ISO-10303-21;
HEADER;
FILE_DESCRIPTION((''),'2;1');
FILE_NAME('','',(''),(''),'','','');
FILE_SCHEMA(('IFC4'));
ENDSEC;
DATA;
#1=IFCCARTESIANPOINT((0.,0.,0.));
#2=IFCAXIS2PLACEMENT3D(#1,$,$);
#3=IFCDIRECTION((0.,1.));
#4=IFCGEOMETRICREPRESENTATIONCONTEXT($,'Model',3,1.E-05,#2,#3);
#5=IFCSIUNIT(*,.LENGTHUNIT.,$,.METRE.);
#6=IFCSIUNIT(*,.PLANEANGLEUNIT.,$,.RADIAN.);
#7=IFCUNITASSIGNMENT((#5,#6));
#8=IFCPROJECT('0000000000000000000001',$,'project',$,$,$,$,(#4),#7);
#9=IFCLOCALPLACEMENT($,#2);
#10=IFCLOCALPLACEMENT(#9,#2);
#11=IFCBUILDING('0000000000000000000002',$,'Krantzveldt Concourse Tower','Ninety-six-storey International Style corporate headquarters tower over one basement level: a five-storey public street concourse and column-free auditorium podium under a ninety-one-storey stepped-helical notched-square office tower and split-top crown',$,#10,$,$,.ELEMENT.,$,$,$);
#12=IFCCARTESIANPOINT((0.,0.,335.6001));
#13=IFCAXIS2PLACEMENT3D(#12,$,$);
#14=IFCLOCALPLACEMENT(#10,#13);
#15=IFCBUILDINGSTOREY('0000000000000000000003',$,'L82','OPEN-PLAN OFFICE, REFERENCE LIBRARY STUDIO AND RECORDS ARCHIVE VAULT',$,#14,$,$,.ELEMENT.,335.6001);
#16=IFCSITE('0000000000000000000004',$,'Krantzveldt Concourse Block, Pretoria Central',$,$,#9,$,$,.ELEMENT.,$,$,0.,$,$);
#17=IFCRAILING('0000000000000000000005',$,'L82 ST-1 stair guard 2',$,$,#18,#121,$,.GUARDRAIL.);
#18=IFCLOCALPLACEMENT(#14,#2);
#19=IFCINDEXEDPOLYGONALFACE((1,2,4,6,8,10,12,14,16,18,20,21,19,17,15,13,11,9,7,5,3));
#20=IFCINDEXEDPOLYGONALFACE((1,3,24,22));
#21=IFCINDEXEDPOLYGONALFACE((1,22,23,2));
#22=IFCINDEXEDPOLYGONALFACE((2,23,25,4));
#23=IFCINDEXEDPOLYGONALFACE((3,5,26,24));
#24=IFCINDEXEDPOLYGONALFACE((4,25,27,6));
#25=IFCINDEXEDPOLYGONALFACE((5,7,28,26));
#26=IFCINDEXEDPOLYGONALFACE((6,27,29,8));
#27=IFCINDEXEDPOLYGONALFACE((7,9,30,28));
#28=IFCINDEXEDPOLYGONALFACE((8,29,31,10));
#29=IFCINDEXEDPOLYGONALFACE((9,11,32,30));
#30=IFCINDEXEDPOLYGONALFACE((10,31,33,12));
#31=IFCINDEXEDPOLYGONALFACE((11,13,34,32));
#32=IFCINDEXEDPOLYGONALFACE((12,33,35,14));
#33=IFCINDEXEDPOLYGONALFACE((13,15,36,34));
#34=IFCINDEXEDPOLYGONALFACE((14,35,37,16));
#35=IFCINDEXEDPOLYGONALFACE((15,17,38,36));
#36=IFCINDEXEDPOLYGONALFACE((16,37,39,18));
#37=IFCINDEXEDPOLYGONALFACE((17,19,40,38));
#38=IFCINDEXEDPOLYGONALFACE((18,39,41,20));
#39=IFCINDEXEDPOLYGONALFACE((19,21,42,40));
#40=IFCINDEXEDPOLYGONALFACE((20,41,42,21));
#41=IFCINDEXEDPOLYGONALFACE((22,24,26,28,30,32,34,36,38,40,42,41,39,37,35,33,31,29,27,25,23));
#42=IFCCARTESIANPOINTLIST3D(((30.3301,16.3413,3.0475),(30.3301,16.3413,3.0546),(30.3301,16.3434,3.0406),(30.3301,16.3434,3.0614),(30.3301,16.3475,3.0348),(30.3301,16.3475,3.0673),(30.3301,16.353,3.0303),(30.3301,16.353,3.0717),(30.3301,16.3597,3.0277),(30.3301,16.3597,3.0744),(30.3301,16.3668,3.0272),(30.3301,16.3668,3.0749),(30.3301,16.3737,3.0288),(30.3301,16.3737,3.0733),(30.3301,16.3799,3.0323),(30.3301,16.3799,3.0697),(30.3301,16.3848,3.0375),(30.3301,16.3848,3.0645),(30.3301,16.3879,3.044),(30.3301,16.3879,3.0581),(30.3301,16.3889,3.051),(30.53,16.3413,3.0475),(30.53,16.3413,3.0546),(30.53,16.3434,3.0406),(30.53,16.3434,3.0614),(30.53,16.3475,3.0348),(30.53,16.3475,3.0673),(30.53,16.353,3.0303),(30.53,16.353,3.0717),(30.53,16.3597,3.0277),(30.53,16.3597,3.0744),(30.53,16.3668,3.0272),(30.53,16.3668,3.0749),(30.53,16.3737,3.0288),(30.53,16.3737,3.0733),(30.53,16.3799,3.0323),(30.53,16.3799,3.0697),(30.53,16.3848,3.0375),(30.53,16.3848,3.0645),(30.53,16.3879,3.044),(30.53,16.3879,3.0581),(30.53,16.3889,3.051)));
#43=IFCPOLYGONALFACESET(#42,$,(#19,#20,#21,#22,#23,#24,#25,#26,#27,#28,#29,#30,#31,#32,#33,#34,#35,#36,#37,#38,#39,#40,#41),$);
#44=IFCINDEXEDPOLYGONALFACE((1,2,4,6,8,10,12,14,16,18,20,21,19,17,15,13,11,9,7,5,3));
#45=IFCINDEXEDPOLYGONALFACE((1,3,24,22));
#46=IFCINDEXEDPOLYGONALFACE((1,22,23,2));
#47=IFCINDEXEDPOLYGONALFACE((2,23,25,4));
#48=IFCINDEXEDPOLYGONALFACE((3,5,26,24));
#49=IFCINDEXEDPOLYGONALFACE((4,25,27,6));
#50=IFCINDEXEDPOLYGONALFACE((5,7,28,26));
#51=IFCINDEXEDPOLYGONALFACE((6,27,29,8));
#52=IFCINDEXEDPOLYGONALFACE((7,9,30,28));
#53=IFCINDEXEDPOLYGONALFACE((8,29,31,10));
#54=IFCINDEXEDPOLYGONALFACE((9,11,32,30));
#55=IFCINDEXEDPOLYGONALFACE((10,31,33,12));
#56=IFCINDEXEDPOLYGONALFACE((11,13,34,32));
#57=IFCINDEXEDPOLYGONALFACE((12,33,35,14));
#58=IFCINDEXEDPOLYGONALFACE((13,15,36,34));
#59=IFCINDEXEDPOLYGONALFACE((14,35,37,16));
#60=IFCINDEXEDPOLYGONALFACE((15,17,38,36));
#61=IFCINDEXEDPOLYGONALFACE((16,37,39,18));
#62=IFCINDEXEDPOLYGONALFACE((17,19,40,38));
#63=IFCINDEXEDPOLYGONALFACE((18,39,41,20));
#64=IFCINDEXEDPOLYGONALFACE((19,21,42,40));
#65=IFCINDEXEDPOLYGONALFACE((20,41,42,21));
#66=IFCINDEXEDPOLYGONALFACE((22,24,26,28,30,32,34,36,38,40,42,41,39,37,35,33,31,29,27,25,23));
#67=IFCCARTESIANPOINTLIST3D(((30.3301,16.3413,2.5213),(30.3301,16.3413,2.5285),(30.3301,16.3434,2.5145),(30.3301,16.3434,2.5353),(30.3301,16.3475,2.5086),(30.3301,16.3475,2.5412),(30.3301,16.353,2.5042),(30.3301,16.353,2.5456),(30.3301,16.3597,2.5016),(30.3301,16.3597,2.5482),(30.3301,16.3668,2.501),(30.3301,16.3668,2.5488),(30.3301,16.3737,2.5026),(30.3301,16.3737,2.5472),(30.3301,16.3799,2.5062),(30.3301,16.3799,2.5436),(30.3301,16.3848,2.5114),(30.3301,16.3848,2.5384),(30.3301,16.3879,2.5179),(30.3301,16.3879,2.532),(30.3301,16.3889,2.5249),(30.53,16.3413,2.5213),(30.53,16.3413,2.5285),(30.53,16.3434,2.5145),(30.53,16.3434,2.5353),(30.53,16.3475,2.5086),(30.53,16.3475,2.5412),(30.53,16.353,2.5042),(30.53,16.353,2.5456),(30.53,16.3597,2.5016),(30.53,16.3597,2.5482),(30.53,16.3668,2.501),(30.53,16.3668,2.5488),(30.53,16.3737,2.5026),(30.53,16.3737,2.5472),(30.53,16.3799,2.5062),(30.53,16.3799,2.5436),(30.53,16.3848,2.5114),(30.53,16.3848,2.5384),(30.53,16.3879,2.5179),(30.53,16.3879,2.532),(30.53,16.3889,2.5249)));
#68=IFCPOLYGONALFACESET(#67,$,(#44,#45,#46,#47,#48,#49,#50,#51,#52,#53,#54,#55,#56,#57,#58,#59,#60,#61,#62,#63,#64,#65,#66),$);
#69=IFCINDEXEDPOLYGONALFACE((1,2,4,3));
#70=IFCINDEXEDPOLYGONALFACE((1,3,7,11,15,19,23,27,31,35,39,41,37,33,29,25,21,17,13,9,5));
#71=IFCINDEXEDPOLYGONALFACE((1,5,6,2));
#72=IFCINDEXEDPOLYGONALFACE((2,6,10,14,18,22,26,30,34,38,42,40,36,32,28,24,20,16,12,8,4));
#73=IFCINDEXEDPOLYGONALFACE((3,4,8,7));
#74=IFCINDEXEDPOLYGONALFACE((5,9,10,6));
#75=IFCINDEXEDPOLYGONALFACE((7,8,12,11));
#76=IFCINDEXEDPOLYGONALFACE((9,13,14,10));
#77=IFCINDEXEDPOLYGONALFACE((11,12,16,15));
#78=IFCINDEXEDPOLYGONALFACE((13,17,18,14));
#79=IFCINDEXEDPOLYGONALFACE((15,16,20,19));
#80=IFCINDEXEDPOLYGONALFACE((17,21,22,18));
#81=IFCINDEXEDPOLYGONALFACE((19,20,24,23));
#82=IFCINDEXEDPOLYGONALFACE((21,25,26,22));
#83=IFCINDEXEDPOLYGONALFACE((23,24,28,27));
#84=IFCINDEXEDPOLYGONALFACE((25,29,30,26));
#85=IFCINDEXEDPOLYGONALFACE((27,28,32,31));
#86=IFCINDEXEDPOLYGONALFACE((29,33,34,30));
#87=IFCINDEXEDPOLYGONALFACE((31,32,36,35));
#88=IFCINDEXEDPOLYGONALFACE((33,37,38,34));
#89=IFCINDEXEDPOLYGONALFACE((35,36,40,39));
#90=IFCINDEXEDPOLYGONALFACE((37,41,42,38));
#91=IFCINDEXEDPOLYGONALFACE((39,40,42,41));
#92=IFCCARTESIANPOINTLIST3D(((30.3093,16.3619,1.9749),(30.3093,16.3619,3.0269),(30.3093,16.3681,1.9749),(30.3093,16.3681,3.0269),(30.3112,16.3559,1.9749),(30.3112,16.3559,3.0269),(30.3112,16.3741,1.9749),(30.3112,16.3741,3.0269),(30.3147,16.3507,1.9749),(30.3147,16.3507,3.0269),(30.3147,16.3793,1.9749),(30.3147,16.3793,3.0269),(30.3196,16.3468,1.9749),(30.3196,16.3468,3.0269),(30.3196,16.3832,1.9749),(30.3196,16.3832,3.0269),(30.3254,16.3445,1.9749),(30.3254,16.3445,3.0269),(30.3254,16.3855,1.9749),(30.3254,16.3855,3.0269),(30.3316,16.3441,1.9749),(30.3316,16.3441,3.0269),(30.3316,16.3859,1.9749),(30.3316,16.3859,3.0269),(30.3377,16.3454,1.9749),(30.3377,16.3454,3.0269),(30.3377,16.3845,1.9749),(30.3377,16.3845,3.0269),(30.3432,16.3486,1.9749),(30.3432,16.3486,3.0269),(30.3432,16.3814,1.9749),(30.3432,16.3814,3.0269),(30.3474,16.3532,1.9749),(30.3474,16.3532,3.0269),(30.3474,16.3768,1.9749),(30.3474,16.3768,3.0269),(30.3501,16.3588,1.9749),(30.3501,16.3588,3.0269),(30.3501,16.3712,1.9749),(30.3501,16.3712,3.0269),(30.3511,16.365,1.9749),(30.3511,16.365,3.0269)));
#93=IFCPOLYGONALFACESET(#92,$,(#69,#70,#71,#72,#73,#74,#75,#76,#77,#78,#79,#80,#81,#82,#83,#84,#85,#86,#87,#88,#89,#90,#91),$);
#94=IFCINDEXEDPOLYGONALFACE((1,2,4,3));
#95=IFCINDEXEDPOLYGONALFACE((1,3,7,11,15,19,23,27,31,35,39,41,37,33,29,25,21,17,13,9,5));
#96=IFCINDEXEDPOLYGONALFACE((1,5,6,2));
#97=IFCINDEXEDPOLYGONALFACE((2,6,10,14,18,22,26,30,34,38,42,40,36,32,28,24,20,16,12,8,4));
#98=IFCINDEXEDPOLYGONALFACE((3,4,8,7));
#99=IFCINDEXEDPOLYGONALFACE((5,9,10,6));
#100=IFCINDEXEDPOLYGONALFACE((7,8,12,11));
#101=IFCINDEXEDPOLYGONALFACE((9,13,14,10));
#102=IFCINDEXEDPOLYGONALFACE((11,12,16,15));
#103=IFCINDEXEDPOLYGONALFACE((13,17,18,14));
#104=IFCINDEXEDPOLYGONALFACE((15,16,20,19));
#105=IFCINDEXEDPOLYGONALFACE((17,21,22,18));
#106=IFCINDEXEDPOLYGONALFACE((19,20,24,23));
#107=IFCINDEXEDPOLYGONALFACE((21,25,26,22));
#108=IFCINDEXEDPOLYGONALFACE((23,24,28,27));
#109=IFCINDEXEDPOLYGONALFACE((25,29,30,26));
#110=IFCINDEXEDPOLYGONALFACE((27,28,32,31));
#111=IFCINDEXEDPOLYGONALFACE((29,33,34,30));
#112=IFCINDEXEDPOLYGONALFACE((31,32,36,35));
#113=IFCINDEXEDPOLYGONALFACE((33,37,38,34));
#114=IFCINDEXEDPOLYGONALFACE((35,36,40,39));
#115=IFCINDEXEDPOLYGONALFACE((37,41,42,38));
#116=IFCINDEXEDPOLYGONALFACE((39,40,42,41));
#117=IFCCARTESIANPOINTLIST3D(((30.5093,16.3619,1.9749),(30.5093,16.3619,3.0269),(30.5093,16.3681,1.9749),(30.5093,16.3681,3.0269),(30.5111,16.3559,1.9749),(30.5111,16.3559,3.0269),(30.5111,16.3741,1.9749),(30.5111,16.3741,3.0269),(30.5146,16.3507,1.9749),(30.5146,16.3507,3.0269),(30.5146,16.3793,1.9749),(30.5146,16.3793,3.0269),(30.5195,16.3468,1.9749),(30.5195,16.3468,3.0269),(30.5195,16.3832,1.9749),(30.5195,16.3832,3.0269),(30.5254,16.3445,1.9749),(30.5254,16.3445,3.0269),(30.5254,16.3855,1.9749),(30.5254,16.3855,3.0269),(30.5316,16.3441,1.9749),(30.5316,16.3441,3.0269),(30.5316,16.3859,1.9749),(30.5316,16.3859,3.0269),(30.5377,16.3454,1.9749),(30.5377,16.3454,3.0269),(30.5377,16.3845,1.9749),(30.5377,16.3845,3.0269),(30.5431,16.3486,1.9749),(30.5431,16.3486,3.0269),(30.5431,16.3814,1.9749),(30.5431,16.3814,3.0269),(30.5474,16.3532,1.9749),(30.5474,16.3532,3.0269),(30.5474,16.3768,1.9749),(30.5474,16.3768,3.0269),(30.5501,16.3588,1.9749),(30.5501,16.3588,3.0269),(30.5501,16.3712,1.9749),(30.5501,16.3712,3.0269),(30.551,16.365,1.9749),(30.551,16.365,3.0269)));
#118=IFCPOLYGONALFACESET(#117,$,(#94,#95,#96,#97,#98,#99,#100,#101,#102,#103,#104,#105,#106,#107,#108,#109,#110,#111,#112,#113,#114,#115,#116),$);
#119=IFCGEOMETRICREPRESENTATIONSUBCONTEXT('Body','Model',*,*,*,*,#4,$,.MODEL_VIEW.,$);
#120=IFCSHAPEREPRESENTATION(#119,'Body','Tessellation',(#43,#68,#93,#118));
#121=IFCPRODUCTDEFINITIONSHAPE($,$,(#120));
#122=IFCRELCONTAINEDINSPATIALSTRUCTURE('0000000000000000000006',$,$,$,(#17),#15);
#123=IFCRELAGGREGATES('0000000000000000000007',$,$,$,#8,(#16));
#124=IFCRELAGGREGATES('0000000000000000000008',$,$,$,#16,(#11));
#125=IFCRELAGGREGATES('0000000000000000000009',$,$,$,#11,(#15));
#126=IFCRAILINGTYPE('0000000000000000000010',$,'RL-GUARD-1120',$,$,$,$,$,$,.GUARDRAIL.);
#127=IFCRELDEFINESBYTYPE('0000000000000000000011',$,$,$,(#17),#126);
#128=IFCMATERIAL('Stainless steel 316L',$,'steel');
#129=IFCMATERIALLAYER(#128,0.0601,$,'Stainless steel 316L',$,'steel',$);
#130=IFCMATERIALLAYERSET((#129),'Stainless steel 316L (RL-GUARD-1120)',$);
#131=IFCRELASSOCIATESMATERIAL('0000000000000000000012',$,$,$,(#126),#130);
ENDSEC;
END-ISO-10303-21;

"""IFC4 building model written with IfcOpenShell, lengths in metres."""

from ifc_helpers import new_model, si_unit, direction, frame, origin, origin_2d, place, context, subcontext, project, spatial, circle, extrude, material, layer, layer_set, type_object, element, save


model = new_model("IFC4")

# Units and contexts
model_context = context("Model", 3, precision=1e-05, world=origin(), true_north=direction((0.0, 1.0)))
body_context = subcontext(model_context, "Body", "Model", "MODEL_VIEW")
ifc_project = project(units=[si_unit("LENGTHUNIT", "METRE"), si_unit("PLANEANGLEUNIT", "RADIAN")], contexts=[model_context])

# Site, building, storey
site_placement = place(None, origin())
site = spatial("IfcSite", under=ifc_project, at=site_placement, Name="Krantzveldt Concourse Block, Pretoria Central", CompositionType="ELEMENT", RefElevation=0.0)
building_placement = place(site_placement, origin())
building = spatial("IfcBuilding", under=site, at=building_placement, Name="Krantzveldt Concourse Tower", Description="Ninety-six-storey International Style corporate headquarters tower over one basement level: a five-storey public street concourse and column-free auditorium podium under a ninety-one-storey stepped-helical notched-square office tower and split-top crown", CompositionType="ELEMENT")
storey_placement = place(building_placement, frame((0.0, 0.0, 335.6001)))
storey = spatial("IfcBuildingStorey", under=building, at=storey_placement, Name="L82", Description="OPEN-PLAN OFFICE, REFERENCE LIBRARY STUDIO AND RECORDS ARCHIVE VAULT", CompositionType="ELEMENT", Elevation=335.6001)

# Shared definitions
ifc_material_1 = material(Name="Stainless steel 316L", Category="steel")

# Railing
ifc_layer_1 = layer(ifc_material_1, 0.0601, Name="Stainless steel 316L", Category="steel")
ifc_layer_set_1 = layer_set([ifc_layer_1], Name="Stainless steel 316L (RL-GUARD-1120)")
railing_type_1 = type_object("IfcRailingType", Name="RL-GUARD-1120", PredefinedType="GUARDRAIL", material=ifc_layer_set_1)
railing_1_placement = place(storey_placement, frame((30.3301, 16.365, 1.9749)))
element("IfcRailing", 1, at=railing_1_placement, inside=storey, type_object=railing_type_1, Name="L82 ST-1 stair guard 2", PredefinedType="GUARDRAIL", context=body_context, shape_type="SweptSolid", body=[
    extrude(circle(Radius=0.0239, at=origin_2d()), frame((0.0, 0.0, 1.0762), z_axis=(1.0, 0.0, 0.0), x_axis=(0.0, 1.0, 0.0)), (0.0, 0.0, 1.0), 0.2),
    extrude(circle(Radius=0.0239, at=origin_2d()), frame((0.0, 0.0, 0.55), z_axis=(1.0, 0.0, 0.0), x_axis=(0.0, 1.0, 0.0)), (0.0, 0.0, 1.0), 0.2),
    extrude(circle(Radius=0.021, at=origin_2d()), origin(), (0.0, 0.0, 1.0), 1.052),
    extrude(circle(Radius=0.021, at=origin_2d()), frame((0.2, 0.0, 0.0)), (0.0, 0.0, 1.0), 1.052),
])

save(model, "model.ifc")
